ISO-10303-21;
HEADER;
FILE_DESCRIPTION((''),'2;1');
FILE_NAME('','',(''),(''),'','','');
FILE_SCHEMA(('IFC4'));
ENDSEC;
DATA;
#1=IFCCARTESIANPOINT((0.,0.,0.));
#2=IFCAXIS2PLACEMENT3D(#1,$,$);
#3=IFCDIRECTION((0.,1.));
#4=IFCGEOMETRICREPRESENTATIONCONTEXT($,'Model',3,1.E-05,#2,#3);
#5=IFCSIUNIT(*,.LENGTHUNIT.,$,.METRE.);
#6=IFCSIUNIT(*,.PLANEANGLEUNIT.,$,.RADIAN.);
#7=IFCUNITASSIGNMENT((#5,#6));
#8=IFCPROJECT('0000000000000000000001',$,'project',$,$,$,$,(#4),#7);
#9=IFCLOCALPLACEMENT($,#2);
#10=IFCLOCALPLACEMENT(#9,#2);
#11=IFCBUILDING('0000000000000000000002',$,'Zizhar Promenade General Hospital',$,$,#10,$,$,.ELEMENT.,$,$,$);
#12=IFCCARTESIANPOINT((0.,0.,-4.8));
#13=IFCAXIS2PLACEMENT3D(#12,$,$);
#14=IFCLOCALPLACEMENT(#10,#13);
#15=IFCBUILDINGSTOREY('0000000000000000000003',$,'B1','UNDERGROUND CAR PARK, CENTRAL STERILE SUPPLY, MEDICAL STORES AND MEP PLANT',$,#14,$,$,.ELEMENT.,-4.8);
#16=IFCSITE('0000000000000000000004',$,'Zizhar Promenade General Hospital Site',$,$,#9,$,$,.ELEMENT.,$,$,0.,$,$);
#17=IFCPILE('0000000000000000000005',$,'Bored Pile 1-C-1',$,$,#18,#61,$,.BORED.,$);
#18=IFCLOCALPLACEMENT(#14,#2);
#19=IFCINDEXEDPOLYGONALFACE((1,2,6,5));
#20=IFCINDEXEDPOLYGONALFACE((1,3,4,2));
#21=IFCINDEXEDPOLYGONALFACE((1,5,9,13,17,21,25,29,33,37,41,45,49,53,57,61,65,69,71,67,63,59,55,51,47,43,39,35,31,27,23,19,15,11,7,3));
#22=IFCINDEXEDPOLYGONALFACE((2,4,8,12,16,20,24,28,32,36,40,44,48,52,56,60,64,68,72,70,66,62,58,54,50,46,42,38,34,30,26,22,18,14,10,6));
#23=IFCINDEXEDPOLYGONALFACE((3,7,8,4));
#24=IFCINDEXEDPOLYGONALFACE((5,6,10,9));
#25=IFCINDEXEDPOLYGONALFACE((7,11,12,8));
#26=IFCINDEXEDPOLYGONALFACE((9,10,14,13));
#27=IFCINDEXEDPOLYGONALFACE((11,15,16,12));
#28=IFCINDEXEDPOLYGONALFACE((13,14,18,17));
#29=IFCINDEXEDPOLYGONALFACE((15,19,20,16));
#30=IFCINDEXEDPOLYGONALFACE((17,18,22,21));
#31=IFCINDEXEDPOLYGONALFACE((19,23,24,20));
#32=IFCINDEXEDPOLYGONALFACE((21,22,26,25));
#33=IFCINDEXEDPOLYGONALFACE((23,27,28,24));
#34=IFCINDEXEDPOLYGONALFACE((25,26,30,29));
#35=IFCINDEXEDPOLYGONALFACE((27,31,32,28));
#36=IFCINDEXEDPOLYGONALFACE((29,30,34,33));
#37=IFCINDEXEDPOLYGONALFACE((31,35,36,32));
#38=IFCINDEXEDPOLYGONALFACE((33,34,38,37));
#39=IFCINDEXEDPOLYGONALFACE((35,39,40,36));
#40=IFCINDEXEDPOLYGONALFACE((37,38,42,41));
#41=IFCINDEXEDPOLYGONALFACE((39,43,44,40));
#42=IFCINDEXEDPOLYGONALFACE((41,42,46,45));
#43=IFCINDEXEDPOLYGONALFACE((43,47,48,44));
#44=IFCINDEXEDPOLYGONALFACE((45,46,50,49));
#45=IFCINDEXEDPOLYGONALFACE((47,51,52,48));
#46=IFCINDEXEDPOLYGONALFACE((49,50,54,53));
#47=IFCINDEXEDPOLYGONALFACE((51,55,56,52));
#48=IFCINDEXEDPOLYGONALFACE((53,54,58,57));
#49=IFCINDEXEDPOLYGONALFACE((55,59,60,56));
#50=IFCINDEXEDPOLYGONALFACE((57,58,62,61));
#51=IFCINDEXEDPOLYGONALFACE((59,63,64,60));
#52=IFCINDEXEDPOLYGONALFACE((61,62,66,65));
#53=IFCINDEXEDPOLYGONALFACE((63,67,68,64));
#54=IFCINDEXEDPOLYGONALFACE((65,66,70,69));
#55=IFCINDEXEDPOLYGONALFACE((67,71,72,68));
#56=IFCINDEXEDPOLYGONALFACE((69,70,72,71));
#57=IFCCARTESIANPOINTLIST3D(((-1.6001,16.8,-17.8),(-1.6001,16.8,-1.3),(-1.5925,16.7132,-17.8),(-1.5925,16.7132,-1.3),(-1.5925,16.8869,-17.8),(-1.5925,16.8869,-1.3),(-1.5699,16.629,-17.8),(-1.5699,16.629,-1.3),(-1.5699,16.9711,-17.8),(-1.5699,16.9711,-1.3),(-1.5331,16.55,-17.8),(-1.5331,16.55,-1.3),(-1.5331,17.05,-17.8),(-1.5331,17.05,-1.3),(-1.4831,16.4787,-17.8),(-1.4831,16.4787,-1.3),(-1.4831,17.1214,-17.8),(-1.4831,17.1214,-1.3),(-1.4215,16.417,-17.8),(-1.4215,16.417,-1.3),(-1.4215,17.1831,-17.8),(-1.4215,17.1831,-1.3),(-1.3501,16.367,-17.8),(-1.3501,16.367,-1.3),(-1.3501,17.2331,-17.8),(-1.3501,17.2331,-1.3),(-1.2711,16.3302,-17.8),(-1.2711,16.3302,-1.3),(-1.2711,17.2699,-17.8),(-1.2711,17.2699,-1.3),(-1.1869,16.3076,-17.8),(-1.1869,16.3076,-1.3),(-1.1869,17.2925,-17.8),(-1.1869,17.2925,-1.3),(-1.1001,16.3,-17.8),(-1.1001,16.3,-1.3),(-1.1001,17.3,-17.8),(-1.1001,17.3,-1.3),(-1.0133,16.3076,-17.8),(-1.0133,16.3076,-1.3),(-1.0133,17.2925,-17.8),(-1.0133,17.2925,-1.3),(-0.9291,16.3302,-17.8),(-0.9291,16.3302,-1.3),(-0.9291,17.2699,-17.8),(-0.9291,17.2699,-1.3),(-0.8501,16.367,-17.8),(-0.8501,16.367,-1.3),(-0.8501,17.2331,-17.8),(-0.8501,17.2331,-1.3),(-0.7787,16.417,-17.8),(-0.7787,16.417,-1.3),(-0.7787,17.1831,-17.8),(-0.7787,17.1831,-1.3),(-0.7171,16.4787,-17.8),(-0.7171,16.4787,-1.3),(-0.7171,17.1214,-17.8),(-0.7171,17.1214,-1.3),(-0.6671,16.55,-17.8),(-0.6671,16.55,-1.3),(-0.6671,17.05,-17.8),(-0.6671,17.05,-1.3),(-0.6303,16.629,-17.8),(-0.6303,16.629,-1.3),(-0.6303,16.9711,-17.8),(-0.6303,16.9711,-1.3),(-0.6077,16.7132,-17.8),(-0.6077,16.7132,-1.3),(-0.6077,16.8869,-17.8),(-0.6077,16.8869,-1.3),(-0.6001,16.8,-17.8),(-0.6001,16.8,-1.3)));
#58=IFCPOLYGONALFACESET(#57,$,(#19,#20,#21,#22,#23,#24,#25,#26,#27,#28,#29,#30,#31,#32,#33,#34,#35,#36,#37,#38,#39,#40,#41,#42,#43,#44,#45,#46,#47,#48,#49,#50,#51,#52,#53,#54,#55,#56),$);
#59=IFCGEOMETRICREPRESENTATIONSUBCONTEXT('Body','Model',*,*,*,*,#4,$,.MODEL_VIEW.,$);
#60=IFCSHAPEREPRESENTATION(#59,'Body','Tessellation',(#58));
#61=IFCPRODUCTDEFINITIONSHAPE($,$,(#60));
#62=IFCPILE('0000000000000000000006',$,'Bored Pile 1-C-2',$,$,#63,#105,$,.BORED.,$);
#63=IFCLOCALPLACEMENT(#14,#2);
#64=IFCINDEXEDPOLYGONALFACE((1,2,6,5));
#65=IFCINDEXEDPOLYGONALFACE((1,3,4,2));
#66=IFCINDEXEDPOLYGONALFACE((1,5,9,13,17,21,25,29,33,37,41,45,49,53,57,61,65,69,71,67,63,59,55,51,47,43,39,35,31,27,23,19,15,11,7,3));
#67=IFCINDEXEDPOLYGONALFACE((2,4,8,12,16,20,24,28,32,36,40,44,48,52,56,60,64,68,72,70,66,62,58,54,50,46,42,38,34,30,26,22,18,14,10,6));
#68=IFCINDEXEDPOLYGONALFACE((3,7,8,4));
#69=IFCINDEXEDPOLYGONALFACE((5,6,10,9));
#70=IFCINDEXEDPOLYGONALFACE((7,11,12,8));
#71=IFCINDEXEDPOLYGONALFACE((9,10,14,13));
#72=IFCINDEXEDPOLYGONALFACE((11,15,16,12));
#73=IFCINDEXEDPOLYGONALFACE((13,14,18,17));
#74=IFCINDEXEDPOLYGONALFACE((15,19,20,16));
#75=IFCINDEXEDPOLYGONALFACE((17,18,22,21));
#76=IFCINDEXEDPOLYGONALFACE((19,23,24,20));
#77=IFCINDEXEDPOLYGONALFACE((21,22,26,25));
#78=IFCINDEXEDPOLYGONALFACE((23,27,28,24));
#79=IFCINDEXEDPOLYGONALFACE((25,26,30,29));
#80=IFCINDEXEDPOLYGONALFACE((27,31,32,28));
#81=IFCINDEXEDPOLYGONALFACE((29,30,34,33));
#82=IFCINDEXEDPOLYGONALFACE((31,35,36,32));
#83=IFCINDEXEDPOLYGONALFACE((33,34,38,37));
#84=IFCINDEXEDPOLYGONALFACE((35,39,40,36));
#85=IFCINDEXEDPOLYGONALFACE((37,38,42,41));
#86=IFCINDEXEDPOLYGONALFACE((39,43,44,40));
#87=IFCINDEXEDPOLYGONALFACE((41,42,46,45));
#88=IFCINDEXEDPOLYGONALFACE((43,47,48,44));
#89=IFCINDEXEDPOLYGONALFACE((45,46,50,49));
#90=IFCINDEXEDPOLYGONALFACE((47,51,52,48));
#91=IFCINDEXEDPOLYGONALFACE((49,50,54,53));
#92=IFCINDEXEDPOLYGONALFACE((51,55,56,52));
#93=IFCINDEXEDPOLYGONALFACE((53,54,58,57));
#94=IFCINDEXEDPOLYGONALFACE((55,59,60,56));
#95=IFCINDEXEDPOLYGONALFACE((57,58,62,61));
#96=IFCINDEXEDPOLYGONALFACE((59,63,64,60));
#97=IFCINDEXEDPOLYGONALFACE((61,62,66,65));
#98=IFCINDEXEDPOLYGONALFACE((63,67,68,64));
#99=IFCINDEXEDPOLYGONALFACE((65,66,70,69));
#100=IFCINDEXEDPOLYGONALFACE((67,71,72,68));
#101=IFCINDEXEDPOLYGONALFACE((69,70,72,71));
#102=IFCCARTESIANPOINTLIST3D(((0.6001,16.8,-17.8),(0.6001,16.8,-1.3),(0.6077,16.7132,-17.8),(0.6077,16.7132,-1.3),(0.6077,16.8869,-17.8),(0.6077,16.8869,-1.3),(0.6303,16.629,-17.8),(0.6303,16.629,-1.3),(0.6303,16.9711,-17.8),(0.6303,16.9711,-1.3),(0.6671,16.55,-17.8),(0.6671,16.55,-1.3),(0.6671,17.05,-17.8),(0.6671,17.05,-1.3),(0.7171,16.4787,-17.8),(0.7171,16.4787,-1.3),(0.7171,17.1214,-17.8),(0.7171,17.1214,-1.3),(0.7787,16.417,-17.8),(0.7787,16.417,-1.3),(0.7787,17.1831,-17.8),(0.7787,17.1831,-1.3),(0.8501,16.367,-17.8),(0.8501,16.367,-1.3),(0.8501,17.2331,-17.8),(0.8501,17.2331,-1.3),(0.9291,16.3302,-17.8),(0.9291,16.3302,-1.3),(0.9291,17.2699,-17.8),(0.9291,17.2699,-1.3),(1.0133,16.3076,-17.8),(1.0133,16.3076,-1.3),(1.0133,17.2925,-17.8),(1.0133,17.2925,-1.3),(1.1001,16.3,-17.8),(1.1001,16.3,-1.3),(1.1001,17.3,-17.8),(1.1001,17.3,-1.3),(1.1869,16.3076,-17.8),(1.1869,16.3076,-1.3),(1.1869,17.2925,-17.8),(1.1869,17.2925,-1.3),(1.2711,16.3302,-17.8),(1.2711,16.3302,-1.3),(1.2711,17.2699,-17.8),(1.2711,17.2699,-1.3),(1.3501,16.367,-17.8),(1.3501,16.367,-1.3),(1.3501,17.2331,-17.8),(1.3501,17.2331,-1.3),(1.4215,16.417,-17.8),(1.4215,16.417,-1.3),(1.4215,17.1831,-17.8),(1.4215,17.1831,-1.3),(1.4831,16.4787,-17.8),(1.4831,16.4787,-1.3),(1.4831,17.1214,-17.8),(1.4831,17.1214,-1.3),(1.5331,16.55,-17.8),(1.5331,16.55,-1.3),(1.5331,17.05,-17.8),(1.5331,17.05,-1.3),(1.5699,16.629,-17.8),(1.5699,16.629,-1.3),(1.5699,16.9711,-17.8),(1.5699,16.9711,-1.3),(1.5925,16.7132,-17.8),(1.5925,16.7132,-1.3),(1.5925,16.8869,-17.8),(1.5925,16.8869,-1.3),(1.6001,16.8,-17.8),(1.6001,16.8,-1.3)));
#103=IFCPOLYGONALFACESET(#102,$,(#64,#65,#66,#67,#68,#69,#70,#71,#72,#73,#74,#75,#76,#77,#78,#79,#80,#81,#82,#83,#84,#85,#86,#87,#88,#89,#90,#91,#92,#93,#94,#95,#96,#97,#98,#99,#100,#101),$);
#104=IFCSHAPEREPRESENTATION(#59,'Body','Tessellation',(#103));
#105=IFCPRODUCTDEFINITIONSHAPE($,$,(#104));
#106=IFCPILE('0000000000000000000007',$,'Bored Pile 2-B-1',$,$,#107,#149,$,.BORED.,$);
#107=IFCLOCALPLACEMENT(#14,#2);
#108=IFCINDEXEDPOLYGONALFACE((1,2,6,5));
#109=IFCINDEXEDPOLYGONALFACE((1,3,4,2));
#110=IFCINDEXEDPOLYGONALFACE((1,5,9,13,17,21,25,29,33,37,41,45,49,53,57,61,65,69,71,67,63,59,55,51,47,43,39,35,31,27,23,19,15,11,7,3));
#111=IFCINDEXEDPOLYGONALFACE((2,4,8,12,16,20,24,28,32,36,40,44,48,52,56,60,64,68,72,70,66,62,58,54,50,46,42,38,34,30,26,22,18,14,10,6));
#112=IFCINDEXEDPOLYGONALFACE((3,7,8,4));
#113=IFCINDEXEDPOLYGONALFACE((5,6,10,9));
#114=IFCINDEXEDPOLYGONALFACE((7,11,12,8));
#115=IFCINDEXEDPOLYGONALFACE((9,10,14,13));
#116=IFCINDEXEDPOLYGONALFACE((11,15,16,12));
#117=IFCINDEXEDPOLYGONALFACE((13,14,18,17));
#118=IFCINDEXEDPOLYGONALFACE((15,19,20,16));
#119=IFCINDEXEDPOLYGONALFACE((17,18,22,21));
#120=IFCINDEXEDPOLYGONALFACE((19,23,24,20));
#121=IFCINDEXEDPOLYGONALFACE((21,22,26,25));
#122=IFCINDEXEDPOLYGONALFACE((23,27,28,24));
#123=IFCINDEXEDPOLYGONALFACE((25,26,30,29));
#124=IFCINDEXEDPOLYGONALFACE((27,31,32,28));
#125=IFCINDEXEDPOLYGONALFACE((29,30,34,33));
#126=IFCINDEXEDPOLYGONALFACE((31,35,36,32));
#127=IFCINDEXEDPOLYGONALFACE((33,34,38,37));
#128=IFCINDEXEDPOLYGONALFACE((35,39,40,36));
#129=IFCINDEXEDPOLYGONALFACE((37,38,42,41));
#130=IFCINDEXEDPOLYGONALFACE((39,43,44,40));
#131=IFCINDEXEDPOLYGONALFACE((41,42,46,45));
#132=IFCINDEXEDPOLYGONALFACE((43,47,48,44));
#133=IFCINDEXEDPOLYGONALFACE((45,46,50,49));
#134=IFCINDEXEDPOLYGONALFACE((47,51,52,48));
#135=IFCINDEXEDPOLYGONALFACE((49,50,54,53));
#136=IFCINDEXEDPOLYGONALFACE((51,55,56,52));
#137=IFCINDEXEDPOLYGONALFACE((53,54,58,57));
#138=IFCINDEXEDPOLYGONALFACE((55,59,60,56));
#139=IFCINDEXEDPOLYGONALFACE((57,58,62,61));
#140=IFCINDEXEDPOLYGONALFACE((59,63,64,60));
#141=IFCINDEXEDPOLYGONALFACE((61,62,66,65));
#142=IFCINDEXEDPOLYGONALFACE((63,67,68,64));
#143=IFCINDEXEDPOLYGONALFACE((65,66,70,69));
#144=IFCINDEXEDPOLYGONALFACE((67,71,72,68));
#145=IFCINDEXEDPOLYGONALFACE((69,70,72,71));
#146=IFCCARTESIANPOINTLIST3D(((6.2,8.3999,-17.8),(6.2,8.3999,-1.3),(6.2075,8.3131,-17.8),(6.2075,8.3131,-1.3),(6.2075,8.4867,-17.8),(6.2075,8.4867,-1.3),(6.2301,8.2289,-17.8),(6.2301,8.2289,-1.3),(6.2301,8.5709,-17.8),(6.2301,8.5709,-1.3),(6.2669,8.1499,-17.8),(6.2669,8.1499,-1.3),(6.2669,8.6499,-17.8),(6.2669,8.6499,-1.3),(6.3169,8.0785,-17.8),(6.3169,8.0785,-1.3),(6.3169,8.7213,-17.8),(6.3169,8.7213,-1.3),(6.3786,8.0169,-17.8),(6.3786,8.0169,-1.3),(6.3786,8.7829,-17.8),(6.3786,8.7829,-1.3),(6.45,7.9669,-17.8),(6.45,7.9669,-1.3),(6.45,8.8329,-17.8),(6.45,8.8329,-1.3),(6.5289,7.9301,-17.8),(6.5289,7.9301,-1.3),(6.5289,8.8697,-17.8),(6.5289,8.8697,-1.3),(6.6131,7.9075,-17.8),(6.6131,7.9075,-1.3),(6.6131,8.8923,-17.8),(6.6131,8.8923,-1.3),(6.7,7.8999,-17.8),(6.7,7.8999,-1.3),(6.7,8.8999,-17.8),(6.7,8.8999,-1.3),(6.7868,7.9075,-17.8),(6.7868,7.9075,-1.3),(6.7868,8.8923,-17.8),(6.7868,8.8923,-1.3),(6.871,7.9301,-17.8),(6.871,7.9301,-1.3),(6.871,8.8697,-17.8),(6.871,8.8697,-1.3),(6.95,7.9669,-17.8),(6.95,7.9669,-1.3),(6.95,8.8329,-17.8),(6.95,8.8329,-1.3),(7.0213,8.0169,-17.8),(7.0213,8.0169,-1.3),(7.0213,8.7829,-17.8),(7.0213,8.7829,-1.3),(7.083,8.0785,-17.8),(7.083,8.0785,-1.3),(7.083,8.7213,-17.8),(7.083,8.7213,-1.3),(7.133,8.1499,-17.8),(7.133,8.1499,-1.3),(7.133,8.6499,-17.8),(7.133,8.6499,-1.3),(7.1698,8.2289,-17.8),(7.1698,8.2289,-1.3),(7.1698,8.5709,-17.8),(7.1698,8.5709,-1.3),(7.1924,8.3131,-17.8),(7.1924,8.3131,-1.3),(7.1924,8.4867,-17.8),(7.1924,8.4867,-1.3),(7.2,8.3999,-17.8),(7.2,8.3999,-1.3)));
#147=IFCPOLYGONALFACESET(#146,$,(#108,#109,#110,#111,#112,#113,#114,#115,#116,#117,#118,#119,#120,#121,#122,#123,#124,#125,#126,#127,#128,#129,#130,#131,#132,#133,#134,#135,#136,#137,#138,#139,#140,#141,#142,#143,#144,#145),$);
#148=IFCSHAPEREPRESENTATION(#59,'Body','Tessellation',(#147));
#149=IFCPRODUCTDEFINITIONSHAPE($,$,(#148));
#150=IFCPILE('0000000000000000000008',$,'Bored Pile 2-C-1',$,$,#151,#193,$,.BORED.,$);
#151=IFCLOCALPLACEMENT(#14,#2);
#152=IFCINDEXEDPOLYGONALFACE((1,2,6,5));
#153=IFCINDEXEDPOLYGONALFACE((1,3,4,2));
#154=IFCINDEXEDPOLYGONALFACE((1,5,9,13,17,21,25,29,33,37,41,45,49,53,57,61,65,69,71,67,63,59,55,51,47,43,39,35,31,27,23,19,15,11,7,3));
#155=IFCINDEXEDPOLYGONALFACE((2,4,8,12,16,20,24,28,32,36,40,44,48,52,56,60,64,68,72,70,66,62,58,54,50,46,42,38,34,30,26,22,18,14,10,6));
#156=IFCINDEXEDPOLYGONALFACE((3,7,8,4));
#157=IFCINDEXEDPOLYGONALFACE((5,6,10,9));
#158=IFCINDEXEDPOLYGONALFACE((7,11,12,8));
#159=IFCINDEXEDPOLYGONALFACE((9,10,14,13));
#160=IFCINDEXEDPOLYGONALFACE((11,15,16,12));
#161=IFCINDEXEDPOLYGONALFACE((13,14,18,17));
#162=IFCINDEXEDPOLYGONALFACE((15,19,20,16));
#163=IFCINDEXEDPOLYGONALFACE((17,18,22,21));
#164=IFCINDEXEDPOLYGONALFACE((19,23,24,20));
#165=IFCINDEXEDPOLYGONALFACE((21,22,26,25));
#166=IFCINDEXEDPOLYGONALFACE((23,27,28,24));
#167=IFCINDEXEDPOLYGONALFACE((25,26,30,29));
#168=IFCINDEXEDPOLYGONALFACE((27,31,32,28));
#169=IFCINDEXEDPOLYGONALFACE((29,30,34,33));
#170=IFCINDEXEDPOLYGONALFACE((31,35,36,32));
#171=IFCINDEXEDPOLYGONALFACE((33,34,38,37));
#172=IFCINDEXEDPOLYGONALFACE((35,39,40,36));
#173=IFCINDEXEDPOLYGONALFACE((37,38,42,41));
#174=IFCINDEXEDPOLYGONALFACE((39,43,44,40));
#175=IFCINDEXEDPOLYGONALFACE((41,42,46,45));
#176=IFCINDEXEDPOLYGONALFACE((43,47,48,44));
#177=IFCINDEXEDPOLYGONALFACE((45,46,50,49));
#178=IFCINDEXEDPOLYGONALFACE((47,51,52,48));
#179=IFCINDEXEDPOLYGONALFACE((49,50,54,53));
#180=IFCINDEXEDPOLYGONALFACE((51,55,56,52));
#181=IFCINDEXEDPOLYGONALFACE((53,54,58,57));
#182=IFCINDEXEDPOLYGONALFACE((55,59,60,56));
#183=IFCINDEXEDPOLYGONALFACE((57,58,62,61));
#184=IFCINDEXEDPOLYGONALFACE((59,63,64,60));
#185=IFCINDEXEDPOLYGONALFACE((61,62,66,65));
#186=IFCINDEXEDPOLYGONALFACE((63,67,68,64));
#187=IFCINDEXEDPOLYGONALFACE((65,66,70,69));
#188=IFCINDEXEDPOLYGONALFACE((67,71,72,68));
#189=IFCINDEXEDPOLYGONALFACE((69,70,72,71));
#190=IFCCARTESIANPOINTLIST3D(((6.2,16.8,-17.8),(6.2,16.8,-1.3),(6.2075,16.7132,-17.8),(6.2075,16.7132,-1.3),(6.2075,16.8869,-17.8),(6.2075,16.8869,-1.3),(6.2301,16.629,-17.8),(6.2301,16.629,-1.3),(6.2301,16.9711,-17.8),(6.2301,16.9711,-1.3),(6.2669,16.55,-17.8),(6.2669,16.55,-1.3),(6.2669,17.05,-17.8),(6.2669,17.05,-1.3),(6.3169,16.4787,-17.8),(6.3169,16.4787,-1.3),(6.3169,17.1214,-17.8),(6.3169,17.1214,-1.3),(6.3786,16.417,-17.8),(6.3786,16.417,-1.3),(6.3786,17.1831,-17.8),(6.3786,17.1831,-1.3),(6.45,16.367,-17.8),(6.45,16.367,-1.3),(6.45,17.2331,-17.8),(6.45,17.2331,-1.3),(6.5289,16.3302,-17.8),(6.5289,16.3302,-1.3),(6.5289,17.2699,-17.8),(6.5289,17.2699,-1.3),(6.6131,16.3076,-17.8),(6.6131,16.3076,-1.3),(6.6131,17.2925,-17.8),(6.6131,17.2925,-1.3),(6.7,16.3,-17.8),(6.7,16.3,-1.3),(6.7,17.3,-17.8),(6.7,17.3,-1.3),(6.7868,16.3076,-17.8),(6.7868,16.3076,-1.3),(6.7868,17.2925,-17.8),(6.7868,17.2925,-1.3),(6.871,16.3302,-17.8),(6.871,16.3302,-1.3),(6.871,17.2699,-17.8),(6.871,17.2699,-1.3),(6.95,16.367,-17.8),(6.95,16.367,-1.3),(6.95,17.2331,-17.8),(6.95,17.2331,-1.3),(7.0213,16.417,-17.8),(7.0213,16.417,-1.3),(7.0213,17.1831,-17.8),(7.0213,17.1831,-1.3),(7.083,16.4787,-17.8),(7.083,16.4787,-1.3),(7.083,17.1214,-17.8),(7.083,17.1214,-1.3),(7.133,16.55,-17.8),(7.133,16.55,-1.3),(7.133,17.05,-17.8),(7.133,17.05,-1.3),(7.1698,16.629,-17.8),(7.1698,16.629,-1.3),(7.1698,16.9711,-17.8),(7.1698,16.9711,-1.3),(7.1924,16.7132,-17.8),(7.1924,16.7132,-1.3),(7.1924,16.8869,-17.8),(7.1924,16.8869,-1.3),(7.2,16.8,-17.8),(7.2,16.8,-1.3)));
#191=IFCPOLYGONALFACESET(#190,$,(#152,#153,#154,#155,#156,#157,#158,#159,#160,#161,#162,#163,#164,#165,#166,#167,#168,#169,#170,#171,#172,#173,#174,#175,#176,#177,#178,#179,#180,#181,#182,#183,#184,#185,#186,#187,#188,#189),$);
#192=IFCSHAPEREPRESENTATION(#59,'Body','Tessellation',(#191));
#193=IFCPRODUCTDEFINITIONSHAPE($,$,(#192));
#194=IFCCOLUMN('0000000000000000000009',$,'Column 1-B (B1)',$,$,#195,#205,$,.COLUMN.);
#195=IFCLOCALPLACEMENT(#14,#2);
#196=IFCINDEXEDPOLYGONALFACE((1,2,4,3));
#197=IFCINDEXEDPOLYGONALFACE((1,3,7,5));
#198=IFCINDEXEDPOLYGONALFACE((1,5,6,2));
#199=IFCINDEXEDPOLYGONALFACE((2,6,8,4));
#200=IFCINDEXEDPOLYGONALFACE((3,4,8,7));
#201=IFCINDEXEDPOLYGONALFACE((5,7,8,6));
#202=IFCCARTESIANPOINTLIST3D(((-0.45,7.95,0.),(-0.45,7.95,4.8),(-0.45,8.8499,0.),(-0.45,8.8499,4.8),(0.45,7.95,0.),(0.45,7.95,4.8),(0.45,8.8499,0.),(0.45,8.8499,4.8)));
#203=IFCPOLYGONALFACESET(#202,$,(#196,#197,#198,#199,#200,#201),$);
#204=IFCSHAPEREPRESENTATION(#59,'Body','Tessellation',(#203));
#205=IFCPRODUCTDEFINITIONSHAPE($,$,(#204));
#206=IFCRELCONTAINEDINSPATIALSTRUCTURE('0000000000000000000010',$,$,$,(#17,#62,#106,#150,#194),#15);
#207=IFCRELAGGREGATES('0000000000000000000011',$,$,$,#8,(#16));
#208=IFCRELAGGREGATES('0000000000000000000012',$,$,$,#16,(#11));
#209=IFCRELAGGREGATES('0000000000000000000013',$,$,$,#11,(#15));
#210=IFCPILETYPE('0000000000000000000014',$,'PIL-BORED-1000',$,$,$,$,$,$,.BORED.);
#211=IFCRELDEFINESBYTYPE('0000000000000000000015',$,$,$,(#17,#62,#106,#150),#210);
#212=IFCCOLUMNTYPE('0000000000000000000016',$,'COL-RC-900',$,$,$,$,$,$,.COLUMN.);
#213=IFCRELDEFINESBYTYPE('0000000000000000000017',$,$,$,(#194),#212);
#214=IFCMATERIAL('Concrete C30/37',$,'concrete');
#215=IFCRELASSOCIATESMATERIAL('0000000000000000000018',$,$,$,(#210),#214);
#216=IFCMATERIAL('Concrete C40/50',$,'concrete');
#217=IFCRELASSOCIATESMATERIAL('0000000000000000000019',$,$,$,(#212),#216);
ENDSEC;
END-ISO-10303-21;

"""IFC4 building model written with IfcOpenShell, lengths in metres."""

from ifc_helpers import new_model, si_unit, direction, frame, origin, origin_2d, place, context, subcontext, project, spatial, rectangle, circle, extrude, material, material_profile, profile_set, type_object, element, save


model = new_model("IFC4")

# Units and contexts
model_context = context("Model", 3, precision=1e-05, world=origin(), true_north=direction((0.0, 1.0)))
body_context = subcontext(model_context, "Body", "Model", "MODEL_VIEW")
ifc_project = project(units=[si_unit("LENGTHUNIT", "METRE"), si_unit("PLANEANGLEUNIT", "RADIAN")], contexts=[model_context])

# Site, building, storey
site_placement = place(None, origin())
site = spatial("IfcSite", under=ifc_project, at=site_placement, Name="Zizhar Promenade General Hospital Site", CompositionType="ELEMENT", RefElevation=0.0)
building_placement = place(site_placement, origin())
building = spatial("IfcBuilding", under=site, at=building_placement, Name="Zizhar Promenade General Hospital", CompositionType="ELEMENT")
storey_placement = place(building_placement, frame((0.0, 0.0, -4.8)))
storey = spatial("IfcBuildingStorey", under=building, at=storey_placement, Name="B1", Description="UNDERGROUND CAR PARK, CENTRAL STERILE SUPPLY, MEDICAL STORES AND MEP PLANT", CompositionType="ELEMENT", Elevation=-4.8)

# Piles
ifc_material_1 = material(Name="Concrete C30/37", Category="concrete")
ifc_material_profile_1 = material_profile(ifc_material_1, circle(Radius=0.5, at=origin_2d()))
ifc_profile_set_1 = profile_set([ifc_material_profile_1], Name="Concrete C30/37")
pile_type = type_object("IfcPileType", Name="PIL-BORED-1000", PredefinedType="BORED", material=ifc_profile_set_1)
for number, where, z_axis, x_axis, name in (
    (1, (-1.1001, 16.8, -1.3), (0.0, 0.0, -1.0), (1.0, 0.0, 0.0), "Bored Pile 1-C-1"),
    (2, (1.1001, 16.8, -1.3), (0.0, 0.0, -1.0), (1.0, 0.0, 0.0), "Bored Pile 1-C-2"),
    (3, (6.7, 8.3999, -1.3), (0.0, 0.0, -1.0), (1.0, 0.0, 0.0), "Bored Pile 2-B-1"),
    (4, (6.7, 16.8, -1.3), (0.0, 0.0, -1.0), (1.0, 0.0, 0.0), "Bored Pile 2-C-1"),
):
    element("IfcPile", number, at=place(storey_placement, frame(where, z_axis=z_axis, x_axis=x_axis)), inside=storey, type_object=pile_type, Name=name, PredefinedType="BORED", context=body_context, shape_type="SweptSolid", body=[
        extrude(circle(Radius=0.5, at=origin_2d()), origin(), (0.0, 0.0, 1.0), 16.5),
    ])

# Column
ifc_material_2 = material(Name="Concrete C40/50", Category="concrete")
ifc_material_profile_2 = material_profile(ifc_material_2, rectangle(XDim=0.8999, YDim=0.8999, at=origin_2d()))
ifc_profile_set_2 = profile_set([ifc_material_profile_2], Name="Concrete C40/50")
column_type = type_object("IfcColumnType", Name="COL-RC-900", PredefinedType="COLUMN", material=ifc_profile_set_2)
for number, where, z_axis, x_axis, name in (
    (5, (0.0, 8.3999, 0.0), (0.0, 0.0, 1.0), (1.0, 0.0, 0.0), "Column 1-B (B1)"),
):
    element("IfcColumn", number, at=place(storey_placement, frame(where, z_axis=z_axis, x_axis=x_axis)), inside=storey, type_object=column_type, Name=name, PredefinedType="COLUMN", context=body_context, shape_type="SweptSolid", body=[
        extrude(rectangle(XDim=0.8999, YDim=0.8999, at=origin_2d()), origin(), (0.0, 0.0, 1.0), 4.8),
    ])

save(model, "model.ifc")
